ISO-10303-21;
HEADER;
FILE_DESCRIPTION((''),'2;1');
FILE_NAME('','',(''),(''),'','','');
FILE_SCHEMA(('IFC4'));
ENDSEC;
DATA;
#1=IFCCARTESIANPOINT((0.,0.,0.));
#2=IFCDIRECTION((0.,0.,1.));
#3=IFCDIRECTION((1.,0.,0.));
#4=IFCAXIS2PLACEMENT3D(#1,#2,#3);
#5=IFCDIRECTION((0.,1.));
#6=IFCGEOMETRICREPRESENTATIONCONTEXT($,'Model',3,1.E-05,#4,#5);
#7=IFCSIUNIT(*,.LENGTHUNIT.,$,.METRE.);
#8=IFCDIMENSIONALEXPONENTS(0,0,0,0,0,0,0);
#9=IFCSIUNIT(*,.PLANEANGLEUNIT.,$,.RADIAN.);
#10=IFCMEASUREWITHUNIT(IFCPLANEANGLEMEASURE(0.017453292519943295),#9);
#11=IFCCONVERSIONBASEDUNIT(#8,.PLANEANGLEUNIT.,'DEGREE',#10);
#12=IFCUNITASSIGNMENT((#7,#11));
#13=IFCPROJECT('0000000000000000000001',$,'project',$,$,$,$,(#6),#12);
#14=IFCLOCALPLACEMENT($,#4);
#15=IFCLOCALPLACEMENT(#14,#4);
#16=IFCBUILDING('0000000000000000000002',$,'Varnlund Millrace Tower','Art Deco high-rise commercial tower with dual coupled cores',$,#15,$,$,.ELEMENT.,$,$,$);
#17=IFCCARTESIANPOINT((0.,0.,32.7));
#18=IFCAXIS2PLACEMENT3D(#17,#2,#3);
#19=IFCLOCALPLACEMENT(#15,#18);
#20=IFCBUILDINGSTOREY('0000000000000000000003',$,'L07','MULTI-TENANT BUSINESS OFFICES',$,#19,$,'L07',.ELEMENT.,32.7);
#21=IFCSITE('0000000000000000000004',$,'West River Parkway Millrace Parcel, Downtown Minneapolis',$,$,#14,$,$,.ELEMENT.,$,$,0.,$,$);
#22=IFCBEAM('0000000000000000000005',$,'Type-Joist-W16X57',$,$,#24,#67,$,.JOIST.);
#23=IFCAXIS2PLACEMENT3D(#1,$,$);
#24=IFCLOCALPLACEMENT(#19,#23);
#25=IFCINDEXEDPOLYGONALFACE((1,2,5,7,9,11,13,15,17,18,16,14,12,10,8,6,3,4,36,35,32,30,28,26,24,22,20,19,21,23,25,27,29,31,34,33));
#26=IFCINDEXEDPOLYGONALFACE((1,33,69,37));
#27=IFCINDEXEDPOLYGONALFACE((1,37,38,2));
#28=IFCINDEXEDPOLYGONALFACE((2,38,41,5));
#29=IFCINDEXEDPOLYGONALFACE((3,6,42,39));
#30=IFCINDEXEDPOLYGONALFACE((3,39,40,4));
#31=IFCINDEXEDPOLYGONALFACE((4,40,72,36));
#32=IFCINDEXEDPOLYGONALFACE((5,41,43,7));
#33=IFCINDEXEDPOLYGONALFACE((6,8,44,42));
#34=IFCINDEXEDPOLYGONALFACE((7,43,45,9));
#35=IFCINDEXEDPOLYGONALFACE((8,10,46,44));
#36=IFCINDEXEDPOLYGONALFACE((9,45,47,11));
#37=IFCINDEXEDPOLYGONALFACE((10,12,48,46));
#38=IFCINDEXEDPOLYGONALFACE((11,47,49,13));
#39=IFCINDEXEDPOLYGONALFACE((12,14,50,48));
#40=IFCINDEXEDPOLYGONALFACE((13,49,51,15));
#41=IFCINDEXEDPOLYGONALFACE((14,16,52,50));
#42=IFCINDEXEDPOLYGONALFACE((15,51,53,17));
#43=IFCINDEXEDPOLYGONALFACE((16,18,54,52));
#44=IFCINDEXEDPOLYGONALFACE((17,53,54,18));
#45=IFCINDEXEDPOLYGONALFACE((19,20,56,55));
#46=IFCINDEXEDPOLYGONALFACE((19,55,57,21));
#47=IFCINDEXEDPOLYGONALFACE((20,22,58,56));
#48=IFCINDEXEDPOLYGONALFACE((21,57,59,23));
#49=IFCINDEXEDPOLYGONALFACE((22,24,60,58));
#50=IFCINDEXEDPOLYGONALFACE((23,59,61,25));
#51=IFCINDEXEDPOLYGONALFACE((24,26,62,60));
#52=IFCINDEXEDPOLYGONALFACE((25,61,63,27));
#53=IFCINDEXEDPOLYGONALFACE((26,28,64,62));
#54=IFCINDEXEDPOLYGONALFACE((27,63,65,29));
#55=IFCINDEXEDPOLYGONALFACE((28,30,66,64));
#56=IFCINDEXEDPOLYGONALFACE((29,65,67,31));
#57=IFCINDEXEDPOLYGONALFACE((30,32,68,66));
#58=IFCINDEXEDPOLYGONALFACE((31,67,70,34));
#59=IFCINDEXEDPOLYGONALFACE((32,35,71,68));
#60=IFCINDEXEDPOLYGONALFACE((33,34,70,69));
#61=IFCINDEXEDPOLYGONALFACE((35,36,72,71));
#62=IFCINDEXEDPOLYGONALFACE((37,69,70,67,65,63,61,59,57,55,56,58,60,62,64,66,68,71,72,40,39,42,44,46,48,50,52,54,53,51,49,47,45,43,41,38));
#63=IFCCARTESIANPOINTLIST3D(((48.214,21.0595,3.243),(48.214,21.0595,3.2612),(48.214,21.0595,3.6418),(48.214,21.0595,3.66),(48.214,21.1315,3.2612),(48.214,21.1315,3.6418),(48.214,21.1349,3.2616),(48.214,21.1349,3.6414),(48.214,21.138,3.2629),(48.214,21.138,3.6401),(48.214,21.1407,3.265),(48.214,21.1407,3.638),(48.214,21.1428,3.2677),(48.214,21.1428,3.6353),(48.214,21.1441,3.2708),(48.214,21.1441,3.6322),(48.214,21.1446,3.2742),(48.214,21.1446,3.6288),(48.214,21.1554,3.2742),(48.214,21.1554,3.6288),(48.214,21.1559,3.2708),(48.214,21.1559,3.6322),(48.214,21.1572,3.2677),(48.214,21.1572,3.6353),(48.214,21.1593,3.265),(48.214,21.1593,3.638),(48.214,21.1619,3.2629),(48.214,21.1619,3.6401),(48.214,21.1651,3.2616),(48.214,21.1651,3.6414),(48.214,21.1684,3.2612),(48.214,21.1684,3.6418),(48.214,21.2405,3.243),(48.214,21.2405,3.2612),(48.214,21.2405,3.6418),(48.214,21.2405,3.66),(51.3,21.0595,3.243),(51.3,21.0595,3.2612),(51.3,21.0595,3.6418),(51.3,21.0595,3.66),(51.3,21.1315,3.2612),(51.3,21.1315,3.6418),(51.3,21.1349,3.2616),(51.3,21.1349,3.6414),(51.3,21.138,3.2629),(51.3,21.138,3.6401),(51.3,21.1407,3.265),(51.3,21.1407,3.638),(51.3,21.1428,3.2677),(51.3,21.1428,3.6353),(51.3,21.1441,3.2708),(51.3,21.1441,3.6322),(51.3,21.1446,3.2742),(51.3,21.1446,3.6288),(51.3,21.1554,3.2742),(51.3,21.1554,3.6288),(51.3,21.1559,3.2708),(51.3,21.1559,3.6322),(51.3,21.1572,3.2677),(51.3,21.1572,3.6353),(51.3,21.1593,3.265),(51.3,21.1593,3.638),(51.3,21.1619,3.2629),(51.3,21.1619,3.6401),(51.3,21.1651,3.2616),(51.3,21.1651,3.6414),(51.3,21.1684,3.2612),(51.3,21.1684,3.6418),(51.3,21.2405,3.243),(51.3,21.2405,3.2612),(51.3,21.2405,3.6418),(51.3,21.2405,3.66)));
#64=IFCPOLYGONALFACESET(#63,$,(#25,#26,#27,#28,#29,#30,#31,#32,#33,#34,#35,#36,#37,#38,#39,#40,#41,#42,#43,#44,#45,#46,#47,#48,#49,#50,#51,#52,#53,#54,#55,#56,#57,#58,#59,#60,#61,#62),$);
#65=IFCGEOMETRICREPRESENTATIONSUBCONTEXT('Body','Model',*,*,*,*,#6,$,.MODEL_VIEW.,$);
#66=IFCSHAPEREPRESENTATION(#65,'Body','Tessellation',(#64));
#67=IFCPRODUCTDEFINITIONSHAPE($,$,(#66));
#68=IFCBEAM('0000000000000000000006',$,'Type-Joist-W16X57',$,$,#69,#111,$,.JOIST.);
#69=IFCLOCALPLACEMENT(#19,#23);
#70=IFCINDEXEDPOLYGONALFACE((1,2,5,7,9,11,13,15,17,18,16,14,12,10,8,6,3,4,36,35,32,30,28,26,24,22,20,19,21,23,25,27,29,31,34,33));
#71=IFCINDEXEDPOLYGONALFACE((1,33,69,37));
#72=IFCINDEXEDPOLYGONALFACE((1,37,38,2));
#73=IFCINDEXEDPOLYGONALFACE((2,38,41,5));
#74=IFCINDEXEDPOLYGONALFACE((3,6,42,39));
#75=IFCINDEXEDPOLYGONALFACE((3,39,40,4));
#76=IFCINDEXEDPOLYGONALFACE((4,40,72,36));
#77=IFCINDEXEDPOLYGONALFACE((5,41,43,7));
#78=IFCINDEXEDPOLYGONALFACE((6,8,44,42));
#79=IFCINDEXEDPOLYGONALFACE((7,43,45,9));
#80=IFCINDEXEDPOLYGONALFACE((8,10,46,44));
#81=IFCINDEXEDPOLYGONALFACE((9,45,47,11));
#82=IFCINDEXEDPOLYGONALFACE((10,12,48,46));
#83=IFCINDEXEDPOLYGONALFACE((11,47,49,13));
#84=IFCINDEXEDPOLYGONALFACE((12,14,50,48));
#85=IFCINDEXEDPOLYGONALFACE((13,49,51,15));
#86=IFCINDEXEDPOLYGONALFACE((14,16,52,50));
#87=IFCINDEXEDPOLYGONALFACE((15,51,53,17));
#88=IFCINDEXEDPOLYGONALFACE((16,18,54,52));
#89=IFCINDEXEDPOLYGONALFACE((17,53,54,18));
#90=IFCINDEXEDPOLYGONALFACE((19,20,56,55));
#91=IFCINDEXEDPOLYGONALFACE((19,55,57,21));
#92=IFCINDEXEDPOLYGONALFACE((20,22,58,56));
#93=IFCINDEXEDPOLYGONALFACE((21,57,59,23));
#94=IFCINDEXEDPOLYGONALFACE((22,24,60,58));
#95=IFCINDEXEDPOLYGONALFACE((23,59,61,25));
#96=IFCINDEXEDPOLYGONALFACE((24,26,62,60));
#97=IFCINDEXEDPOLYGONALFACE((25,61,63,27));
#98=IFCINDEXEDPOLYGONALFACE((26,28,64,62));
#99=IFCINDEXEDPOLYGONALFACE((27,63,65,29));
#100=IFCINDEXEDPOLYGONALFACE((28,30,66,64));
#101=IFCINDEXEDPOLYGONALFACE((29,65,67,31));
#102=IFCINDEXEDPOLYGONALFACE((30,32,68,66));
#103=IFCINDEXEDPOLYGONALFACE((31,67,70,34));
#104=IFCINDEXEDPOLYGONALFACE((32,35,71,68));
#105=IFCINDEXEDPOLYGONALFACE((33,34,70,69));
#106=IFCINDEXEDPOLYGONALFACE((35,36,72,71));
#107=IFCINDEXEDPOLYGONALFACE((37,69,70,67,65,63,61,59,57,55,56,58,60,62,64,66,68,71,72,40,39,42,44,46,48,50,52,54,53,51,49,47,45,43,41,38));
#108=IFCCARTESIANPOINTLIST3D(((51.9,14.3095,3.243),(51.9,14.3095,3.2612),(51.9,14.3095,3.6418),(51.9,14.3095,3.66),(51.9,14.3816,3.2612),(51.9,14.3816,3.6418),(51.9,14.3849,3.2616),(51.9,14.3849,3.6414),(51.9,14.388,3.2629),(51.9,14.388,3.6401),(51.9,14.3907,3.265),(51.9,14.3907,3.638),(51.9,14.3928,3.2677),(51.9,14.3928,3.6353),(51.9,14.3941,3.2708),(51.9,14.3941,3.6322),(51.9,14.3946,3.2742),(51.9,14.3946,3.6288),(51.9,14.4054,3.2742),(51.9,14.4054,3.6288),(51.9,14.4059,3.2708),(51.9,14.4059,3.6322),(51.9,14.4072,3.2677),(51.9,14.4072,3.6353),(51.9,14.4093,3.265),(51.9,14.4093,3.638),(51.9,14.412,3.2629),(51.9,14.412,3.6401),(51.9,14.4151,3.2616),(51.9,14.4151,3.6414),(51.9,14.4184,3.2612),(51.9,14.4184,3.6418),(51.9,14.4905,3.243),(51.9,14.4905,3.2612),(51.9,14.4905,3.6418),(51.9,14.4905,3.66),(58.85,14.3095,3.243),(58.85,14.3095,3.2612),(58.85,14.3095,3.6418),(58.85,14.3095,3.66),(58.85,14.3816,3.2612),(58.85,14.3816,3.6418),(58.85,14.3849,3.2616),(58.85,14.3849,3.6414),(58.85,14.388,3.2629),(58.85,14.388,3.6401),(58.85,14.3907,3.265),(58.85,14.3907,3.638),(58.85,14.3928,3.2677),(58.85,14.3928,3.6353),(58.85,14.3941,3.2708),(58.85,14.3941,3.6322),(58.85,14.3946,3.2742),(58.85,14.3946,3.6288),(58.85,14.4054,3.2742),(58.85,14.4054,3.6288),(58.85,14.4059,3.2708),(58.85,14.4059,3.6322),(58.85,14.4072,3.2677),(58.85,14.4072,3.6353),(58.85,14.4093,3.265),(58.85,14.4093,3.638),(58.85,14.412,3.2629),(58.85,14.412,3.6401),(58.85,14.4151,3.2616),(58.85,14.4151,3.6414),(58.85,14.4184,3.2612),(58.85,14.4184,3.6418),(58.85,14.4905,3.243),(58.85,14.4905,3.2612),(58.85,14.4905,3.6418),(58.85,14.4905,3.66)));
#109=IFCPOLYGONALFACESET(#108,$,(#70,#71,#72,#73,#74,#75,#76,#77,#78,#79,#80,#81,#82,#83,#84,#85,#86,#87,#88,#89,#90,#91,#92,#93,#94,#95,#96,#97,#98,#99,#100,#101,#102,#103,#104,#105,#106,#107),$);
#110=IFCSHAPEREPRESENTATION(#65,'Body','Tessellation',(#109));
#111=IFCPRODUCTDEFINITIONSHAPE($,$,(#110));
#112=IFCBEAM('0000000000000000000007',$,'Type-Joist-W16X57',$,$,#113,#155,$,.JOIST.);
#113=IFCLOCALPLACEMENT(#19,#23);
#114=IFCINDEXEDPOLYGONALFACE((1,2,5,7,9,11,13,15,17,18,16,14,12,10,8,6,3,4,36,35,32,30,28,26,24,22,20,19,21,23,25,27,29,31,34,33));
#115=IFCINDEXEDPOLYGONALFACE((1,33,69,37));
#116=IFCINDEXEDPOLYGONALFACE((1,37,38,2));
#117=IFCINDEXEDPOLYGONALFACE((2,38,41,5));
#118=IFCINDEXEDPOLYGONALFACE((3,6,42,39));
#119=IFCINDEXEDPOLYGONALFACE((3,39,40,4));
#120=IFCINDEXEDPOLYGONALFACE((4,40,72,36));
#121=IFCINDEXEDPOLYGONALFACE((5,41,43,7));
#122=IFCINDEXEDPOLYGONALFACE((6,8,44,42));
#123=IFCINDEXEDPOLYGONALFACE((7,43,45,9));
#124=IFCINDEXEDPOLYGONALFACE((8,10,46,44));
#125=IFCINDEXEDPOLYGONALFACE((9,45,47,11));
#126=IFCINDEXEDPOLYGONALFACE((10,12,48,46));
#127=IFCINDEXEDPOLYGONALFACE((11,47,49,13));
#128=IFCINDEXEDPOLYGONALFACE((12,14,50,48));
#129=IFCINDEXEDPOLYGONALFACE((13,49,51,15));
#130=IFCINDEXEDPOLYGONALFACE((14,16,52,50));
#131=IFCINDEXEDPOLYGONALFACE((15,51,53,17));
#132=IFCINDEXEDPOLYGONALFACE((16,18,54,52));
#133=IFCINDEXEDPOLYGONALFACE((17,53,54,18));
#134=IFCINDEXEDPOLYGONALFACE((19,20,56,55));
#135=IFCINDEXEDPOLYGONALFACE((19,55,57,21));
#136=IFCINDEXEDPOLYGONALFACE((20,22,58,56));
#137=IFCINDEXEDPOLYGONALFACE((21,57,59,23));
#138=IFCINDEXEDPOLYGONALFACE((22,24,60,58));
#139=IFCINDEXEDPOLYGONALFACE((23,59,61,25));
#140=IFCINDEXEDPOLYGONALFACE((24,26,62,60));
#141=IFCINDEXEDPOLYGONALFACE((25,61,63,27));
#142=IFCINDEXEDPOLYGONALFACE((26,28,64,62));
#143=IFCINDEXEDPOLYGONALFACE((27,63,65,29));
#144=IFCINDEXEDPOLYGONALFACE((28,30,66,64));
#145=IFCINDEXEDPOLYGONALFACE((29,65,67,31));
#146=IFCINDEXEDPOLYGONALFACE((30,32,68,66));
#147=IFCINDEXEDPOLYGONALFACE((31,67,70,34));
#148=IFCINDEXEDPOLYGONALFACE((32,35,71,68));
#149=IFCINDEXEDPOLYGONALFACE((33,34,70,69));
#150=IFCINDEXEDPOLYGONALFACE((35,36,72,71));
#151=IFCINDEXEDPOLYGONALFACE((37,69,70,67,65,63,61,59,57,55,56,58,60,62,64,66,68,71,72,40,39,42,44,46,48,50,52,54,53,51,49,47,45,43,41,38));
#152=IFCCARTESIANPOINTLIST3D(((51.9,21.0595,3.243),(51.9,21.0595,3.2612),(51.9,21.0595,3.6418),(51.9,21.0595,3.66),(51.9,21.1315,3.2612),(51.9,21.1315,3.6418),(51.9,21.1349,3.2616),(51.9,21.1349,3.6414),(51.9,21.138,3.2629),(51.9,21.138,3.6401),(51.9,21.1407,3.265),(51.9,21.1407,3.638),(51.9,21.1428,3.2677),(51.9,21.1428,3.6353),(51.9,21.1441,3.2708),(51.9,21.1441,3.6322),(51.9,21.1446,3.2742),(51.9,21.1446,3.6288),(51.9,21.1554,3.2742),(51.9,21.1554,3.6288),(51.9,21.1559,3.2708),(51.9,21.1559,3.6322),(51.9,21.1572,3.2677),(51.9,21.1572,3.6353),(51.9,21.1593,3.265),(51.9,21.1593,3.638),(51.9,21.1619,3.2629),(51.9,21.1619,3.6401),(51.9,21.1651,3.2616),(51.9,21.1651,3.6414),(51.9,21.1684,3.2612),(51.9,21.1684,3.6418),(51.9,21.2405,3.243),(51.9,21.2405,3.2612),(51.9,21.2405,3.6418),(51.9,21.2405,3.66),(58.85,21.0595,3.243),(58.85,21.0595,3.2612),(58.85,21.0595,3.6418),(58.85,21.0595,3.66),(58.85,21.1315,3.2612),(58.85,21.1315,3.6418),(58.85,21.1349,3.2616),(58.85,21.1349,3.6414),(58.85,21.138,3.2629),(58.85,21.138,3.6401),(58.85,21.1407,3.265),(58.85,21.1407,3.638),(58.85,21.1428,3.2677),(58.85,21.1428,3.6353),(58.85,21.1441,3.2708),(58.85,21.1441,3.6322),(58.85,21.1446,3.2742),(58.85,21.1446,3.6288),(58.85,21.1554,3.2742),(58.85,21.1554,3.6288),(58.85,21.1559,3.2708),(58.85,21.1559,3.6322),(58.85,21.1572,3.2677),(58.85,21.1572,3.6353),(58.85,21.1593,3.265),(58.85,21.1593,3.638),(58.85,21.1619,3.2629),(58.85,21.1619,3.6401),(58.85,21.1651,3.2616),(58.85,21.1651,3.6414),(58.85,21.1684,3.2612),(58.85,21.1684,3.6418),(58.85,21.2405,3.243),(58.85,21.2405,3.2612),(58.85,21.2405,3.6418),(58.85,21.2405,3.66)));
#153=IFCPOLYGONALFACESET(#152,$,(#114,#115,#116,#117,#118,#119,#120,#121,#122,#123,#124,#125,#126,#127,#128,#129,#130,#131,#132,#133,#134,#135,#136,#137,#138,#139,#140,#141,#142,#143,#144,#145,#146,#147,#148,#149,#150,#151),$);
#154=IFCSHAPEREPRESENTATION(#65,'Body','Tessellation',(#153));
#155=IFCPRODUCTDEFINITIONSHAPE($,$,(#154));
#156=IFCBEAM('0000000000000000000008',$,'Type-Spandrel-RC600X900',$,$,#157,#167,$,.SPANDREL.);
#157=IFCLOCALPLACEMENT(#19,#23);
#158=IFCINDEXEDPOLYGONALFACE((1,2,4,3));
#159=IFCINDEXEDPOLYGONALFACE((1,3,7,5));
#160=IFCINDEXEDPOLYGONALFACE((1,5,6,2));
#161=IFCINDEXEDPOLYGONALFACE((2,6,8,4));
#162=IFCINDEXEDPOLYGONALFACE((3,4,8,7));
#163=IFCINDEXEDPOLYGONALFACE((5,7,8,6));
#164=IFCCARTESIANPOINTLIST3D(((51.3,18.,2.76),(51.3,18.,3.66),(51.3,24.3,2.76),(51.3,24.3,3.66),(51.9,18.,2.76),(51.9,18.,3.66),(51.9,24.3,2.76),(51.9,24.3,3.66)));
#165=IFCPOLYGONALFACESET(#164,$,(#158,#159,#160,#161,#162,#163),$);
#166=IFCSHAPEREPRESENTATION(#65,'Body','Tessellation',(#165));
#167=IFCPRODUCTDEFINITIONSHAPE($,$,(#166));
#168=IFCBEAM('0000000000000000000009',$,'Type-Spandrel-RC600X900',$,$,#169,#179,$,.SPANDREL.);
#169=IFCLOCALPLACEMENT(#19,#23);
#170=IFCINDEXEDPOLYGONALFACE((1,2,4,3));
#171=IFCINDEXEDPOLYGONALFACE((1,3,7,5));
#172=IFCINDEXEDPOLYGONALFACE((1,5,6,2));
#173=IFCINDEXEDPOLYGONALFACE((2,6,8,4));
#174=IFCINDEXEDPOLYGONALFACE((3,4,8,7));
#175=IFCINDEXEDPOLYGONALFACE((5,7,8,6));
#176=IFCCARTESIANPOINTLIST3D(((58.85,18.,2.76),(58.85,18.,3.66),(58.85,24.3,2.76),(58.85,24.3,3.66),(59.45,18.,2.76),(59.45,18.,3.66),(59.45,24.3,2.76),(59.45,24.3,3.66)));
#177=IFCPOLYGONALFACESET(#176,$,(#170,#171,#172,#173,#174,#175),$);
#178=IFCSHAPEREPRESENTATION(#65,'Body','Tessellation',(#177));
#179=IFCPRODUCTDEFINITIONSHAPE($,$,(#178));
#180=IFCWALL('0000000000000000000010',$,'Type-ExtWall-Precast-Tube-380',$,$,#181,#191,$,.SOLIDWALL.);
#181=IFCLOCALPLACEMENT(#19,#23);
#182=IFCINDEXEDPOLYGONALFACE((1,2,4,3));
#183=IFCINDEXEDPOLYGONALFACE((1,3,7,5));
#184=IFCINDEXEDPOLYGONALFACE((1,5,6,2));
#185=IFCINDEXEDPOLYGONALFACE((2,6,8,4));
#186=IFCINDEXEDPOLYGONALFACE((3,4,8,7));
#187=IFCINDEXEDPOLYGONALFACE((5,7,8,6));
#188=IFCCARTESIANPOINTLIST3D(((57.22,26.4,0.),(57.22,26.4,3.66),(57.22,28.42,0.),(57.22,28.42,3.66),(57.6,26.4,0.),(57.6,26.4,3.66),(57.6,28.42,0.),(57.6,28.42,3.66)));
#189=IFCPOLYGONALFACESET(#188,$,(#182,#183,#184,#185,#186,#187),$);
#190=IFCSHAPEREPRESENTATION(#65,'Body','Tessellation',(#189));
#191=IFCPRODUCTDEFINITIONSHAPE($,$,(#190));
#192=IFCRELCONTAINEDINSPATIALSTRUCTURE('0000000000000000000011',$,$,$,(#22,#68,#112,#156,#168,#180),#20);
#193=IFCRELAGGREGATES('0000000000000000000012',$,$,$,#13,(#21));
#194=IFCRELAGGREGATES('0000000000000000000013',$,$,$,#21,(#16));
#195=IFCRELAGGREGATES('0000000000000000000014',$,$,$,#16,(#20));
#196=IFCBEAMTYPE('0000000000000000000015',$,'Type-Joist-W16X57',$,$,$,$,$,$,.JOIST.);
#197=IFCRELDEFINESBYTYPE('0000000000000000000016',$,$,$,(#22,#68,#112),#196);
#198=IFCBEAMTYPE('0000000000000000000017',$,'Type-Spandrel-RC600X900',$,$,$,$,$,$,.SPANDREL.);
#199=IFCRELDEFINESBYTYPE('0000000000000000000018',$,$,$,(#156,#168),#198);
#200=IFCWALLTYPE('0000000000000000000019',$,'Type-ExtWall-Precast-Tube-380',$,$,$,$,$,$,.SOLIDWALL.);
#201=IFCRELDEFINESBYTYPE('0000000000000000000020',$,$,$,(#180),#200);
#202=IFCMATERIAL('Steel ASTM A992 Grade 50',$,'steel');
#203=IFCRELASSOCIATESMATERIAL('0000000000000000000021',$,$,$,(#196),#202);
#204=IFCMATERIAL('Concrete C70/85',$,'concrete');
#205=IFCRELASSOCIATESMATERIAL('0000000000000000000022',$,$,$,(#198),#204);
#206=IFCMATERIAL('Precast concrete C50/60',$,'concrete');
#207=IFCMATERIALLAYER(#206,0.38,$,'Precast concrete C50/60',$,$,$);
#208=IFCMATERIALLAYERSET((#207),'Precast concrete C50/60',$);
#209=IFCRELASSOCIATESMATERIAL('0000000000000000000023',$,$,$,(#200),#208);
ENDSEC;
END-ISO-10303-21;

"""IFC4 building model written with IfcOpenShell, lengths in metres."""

from ifc_helpers import new_model, entity, si_unit, converted_unit, direction, frame, origin_with_axes, origin_2d_with_axis, place, context, subcontext, project, spatial, polyline, rectangle, i_section, outline, extrude, material, layer, layer_set, material_profile, profile_set, type_object, element, save


model = new_model("IFC4")

# Units and contexts
model_context = context("Model", 3, precision=1e-05, world=origin_with_axes(), true_north=direction((0.0, 1.0)))
body_context = subcontext(model_context, "Body", "Model", "MODEL_VIEW")
ifc_project = project(units=[si_unit("LENGTHUNIT", "METRE"), converted_unit("PLANEANGLEUNIT", "DEGREE", entity("IfcPlaneAngleMeasure", 0.017453292519943295), si_unit("PLANEANGLEUNIT", "RADIAN"), dimensions=[0, 0, 0, 0, 0, 0, 0])], contexts=[model_context])

# Site, building, storey
site_placement = place(None, origin_with_axes())
site = spatial("IfcSite", under=ifc_project, at=site_placement, Name="West River Parkway Millrace Parcel, Downtown Minneapolis", CompositionType="ELEMENT", RefElevation=0.0)
building_placement = place(site_placement, origin_with_axes())
building = spatial("IfcBuilding", under=site, at=building_placement, Name="Varnlund Millrace Tower", Description="Art Deco high-rise commercial tower with dual coupled cores", CompositionType="ELEMENT")
storey_placement = place(building_placement, frame((0.0, 0.0, 32.7), z_axis=(0.0, 0.0, 1.0), x_axis=(1.0, 0.0, 0.0)))
storey = spatial("IfcBuildingStorey", under=building, at=storey_placement, Name="L07", Description="MULTI-TENANT BUSINESS OFFICES", LongName="L07", CompositionType="ELEMENT", Elevation=32.7)

# Beams
ifc_material_1 = material(Name="Steel ASTM A992 Grade 50", Category="steel")
ifc_material_profile_1 = material_profile(ifc_material_1, i_section(OverallWidth=0.181, OverallDepth=0.417, WebThickness=0.0109, FlangeThickness=0.0182, FilletRadius=0.013, at=origin_2d_with_axis()), Name="Steel ASTM A992 Grade 50")
ifc_profile_set_1 = profile_set([ifc_material_profile_1], Name="Steel ASTM A992 Grade 50")
beam_type_1 = type_object("IfcBeamType", Name="Type-Joist-W16X57", PredefinedType="JOIST", material=ifc_profile_set_1)
for number, where, z_axis, x_axis, name in (
    (1, (48.214, 21.15, 3.4515), (1.0, 0.0, 0.0), (0.0, 1.0, 0.0), "Type-Joist-W16X57"),
):
    element("IfcBeam", number, at=place(storey_placement, frame(where, z_axis=z_axis, x_axis=x_axis)), inside=storey, type_object=beam_type_1, Name=name, PredefinedType="JOIST", context=body_context, shape_type="SweptSolid", body=[
        extrude(i_section(OverallWidth=0.181, OverallDepth=0.417, WebThickness=0.0109, FlangeThickness=0.0182, FilletRadius=0.013, at=origin_2d_with_axis()), origin_with_axes(), (0.0, 0.0, 1.0), 3.086),
    ])
for number, where, z_axis, x_axis, name in (
    (2, (51.9, 14.4, 3.4515), (1.0, 0.0, 0.0), (0.0, 1.0, 0.0), "Type-Joist-W16X57"),
    (3, (51.9, 21.15, 3.4515), (1.0, 0.0, 0.0), (0.0, 1.0, 0.0), "Type-Joist-W16X57"),
):
    element("IfcBeam", number, at=place(storey_placement, frame(where, z_axis=z_axis, x_axis=x_axis)), inside=storey, type_object=beam_type_1, Name=name, PredefinedType="JOIST", context=body_context, shape_type="SweptSolid", body=[
        extrude(i_section(OverallWidth=0.181, OverallDepth=0.417, WebThickness=0.0109, FlangeThickness=0.0182, FilletRadius=0.013, at=origin_2d_with_axis()), origin_with_axes(), (0.0, 0.0, 1.0), 6.95),
    ])
ifc_material_2 = material(Name="Concrete C70/85", Category="concrete")
ifc_material_profile_2 = material_profile(ifc_material_2, rectangle(XDim=0.6, YDim=0.9, at=origin_2d_with_axis()), Name="Concrete C70/85")
ifc_profile_set_2 = profile_set([ifc_material_profile_2], Name="Concrete C70/85")
beam_type_2 = type_object("IfcBeamType", Name="Type-Spandrel-RC600X900", PredefinedType="SPANDREL", material=ifc_profile_set_2)
for number, where, z_axis, x_axis, name in (
    (4, (51.6, 18.0, 3.21), (0.0, 1.0, 0.0), (-1.0, 0.0, 0.0), "Type-Spandrel-RC600X900"),
    (5, (59.15, 18.0, 3.21), (0.0, 1.0, 0.0), (-1.0, 0.0, 0.0), "Type-Spandrel-RC600X900"),
):
    element("IfcBeam", number, at=place(storey_placement, frame(where, z_axis=z_axis, x_axis=x_axis)), inside=storey, type_object=beam_type_2, Name=name, PredefinedType="SPANDREL", context=body_context, shape_type="SweptSolid", body=[
        extrude(rectangle(XDim=0.6, YDim=0.9, at=origin_2d_with_axis()), origin_with_axes(), (0.0, 0.0, 1.0), 6.3),
    ])

# Wall
ifc_material_3 = material(Name="Precast concrete C50/60", Category="concrete")
ifc_layer_1 = layer(ifc_material_3, 0.38, Name="Precast concrete C50/60")
ifc_layer_set_1 = layer_set([ifc_layer_1], Name="Precast concrete C50/60")
wall_type_1 = type_object("IfcWallType", Name="Type-ExtWall-Precast-Tube-380", PredefinedType="SOLIDWALL", material=ifc_layer_set_1)
wall_1_placement = place(storey_placement, frame((57.41, 28.42, 0.0), z_axis=(0.0, 0.0, 1.0), x_axis=(0.0, -1.0, 0.0)))
element("IfcWall", 6, at=wall_1_placement, inside=storey, type_object=wall_type_1, Name="Type-ExtWall-Precast-Tube-380", PredefinedType="SOLIDWALL", context=body_context, shape_type="SweptSolid", body=[
    extrude(outline(polyline([(0.0, -0.19), (2.02, -0.19), (2.02, 0.19), (0.0, 0.19), (0.0, -0.19)])), origin_with_axes(), (0.0, 0.0, 1.0), 3.66),
])

save(model, "model.ifc")
